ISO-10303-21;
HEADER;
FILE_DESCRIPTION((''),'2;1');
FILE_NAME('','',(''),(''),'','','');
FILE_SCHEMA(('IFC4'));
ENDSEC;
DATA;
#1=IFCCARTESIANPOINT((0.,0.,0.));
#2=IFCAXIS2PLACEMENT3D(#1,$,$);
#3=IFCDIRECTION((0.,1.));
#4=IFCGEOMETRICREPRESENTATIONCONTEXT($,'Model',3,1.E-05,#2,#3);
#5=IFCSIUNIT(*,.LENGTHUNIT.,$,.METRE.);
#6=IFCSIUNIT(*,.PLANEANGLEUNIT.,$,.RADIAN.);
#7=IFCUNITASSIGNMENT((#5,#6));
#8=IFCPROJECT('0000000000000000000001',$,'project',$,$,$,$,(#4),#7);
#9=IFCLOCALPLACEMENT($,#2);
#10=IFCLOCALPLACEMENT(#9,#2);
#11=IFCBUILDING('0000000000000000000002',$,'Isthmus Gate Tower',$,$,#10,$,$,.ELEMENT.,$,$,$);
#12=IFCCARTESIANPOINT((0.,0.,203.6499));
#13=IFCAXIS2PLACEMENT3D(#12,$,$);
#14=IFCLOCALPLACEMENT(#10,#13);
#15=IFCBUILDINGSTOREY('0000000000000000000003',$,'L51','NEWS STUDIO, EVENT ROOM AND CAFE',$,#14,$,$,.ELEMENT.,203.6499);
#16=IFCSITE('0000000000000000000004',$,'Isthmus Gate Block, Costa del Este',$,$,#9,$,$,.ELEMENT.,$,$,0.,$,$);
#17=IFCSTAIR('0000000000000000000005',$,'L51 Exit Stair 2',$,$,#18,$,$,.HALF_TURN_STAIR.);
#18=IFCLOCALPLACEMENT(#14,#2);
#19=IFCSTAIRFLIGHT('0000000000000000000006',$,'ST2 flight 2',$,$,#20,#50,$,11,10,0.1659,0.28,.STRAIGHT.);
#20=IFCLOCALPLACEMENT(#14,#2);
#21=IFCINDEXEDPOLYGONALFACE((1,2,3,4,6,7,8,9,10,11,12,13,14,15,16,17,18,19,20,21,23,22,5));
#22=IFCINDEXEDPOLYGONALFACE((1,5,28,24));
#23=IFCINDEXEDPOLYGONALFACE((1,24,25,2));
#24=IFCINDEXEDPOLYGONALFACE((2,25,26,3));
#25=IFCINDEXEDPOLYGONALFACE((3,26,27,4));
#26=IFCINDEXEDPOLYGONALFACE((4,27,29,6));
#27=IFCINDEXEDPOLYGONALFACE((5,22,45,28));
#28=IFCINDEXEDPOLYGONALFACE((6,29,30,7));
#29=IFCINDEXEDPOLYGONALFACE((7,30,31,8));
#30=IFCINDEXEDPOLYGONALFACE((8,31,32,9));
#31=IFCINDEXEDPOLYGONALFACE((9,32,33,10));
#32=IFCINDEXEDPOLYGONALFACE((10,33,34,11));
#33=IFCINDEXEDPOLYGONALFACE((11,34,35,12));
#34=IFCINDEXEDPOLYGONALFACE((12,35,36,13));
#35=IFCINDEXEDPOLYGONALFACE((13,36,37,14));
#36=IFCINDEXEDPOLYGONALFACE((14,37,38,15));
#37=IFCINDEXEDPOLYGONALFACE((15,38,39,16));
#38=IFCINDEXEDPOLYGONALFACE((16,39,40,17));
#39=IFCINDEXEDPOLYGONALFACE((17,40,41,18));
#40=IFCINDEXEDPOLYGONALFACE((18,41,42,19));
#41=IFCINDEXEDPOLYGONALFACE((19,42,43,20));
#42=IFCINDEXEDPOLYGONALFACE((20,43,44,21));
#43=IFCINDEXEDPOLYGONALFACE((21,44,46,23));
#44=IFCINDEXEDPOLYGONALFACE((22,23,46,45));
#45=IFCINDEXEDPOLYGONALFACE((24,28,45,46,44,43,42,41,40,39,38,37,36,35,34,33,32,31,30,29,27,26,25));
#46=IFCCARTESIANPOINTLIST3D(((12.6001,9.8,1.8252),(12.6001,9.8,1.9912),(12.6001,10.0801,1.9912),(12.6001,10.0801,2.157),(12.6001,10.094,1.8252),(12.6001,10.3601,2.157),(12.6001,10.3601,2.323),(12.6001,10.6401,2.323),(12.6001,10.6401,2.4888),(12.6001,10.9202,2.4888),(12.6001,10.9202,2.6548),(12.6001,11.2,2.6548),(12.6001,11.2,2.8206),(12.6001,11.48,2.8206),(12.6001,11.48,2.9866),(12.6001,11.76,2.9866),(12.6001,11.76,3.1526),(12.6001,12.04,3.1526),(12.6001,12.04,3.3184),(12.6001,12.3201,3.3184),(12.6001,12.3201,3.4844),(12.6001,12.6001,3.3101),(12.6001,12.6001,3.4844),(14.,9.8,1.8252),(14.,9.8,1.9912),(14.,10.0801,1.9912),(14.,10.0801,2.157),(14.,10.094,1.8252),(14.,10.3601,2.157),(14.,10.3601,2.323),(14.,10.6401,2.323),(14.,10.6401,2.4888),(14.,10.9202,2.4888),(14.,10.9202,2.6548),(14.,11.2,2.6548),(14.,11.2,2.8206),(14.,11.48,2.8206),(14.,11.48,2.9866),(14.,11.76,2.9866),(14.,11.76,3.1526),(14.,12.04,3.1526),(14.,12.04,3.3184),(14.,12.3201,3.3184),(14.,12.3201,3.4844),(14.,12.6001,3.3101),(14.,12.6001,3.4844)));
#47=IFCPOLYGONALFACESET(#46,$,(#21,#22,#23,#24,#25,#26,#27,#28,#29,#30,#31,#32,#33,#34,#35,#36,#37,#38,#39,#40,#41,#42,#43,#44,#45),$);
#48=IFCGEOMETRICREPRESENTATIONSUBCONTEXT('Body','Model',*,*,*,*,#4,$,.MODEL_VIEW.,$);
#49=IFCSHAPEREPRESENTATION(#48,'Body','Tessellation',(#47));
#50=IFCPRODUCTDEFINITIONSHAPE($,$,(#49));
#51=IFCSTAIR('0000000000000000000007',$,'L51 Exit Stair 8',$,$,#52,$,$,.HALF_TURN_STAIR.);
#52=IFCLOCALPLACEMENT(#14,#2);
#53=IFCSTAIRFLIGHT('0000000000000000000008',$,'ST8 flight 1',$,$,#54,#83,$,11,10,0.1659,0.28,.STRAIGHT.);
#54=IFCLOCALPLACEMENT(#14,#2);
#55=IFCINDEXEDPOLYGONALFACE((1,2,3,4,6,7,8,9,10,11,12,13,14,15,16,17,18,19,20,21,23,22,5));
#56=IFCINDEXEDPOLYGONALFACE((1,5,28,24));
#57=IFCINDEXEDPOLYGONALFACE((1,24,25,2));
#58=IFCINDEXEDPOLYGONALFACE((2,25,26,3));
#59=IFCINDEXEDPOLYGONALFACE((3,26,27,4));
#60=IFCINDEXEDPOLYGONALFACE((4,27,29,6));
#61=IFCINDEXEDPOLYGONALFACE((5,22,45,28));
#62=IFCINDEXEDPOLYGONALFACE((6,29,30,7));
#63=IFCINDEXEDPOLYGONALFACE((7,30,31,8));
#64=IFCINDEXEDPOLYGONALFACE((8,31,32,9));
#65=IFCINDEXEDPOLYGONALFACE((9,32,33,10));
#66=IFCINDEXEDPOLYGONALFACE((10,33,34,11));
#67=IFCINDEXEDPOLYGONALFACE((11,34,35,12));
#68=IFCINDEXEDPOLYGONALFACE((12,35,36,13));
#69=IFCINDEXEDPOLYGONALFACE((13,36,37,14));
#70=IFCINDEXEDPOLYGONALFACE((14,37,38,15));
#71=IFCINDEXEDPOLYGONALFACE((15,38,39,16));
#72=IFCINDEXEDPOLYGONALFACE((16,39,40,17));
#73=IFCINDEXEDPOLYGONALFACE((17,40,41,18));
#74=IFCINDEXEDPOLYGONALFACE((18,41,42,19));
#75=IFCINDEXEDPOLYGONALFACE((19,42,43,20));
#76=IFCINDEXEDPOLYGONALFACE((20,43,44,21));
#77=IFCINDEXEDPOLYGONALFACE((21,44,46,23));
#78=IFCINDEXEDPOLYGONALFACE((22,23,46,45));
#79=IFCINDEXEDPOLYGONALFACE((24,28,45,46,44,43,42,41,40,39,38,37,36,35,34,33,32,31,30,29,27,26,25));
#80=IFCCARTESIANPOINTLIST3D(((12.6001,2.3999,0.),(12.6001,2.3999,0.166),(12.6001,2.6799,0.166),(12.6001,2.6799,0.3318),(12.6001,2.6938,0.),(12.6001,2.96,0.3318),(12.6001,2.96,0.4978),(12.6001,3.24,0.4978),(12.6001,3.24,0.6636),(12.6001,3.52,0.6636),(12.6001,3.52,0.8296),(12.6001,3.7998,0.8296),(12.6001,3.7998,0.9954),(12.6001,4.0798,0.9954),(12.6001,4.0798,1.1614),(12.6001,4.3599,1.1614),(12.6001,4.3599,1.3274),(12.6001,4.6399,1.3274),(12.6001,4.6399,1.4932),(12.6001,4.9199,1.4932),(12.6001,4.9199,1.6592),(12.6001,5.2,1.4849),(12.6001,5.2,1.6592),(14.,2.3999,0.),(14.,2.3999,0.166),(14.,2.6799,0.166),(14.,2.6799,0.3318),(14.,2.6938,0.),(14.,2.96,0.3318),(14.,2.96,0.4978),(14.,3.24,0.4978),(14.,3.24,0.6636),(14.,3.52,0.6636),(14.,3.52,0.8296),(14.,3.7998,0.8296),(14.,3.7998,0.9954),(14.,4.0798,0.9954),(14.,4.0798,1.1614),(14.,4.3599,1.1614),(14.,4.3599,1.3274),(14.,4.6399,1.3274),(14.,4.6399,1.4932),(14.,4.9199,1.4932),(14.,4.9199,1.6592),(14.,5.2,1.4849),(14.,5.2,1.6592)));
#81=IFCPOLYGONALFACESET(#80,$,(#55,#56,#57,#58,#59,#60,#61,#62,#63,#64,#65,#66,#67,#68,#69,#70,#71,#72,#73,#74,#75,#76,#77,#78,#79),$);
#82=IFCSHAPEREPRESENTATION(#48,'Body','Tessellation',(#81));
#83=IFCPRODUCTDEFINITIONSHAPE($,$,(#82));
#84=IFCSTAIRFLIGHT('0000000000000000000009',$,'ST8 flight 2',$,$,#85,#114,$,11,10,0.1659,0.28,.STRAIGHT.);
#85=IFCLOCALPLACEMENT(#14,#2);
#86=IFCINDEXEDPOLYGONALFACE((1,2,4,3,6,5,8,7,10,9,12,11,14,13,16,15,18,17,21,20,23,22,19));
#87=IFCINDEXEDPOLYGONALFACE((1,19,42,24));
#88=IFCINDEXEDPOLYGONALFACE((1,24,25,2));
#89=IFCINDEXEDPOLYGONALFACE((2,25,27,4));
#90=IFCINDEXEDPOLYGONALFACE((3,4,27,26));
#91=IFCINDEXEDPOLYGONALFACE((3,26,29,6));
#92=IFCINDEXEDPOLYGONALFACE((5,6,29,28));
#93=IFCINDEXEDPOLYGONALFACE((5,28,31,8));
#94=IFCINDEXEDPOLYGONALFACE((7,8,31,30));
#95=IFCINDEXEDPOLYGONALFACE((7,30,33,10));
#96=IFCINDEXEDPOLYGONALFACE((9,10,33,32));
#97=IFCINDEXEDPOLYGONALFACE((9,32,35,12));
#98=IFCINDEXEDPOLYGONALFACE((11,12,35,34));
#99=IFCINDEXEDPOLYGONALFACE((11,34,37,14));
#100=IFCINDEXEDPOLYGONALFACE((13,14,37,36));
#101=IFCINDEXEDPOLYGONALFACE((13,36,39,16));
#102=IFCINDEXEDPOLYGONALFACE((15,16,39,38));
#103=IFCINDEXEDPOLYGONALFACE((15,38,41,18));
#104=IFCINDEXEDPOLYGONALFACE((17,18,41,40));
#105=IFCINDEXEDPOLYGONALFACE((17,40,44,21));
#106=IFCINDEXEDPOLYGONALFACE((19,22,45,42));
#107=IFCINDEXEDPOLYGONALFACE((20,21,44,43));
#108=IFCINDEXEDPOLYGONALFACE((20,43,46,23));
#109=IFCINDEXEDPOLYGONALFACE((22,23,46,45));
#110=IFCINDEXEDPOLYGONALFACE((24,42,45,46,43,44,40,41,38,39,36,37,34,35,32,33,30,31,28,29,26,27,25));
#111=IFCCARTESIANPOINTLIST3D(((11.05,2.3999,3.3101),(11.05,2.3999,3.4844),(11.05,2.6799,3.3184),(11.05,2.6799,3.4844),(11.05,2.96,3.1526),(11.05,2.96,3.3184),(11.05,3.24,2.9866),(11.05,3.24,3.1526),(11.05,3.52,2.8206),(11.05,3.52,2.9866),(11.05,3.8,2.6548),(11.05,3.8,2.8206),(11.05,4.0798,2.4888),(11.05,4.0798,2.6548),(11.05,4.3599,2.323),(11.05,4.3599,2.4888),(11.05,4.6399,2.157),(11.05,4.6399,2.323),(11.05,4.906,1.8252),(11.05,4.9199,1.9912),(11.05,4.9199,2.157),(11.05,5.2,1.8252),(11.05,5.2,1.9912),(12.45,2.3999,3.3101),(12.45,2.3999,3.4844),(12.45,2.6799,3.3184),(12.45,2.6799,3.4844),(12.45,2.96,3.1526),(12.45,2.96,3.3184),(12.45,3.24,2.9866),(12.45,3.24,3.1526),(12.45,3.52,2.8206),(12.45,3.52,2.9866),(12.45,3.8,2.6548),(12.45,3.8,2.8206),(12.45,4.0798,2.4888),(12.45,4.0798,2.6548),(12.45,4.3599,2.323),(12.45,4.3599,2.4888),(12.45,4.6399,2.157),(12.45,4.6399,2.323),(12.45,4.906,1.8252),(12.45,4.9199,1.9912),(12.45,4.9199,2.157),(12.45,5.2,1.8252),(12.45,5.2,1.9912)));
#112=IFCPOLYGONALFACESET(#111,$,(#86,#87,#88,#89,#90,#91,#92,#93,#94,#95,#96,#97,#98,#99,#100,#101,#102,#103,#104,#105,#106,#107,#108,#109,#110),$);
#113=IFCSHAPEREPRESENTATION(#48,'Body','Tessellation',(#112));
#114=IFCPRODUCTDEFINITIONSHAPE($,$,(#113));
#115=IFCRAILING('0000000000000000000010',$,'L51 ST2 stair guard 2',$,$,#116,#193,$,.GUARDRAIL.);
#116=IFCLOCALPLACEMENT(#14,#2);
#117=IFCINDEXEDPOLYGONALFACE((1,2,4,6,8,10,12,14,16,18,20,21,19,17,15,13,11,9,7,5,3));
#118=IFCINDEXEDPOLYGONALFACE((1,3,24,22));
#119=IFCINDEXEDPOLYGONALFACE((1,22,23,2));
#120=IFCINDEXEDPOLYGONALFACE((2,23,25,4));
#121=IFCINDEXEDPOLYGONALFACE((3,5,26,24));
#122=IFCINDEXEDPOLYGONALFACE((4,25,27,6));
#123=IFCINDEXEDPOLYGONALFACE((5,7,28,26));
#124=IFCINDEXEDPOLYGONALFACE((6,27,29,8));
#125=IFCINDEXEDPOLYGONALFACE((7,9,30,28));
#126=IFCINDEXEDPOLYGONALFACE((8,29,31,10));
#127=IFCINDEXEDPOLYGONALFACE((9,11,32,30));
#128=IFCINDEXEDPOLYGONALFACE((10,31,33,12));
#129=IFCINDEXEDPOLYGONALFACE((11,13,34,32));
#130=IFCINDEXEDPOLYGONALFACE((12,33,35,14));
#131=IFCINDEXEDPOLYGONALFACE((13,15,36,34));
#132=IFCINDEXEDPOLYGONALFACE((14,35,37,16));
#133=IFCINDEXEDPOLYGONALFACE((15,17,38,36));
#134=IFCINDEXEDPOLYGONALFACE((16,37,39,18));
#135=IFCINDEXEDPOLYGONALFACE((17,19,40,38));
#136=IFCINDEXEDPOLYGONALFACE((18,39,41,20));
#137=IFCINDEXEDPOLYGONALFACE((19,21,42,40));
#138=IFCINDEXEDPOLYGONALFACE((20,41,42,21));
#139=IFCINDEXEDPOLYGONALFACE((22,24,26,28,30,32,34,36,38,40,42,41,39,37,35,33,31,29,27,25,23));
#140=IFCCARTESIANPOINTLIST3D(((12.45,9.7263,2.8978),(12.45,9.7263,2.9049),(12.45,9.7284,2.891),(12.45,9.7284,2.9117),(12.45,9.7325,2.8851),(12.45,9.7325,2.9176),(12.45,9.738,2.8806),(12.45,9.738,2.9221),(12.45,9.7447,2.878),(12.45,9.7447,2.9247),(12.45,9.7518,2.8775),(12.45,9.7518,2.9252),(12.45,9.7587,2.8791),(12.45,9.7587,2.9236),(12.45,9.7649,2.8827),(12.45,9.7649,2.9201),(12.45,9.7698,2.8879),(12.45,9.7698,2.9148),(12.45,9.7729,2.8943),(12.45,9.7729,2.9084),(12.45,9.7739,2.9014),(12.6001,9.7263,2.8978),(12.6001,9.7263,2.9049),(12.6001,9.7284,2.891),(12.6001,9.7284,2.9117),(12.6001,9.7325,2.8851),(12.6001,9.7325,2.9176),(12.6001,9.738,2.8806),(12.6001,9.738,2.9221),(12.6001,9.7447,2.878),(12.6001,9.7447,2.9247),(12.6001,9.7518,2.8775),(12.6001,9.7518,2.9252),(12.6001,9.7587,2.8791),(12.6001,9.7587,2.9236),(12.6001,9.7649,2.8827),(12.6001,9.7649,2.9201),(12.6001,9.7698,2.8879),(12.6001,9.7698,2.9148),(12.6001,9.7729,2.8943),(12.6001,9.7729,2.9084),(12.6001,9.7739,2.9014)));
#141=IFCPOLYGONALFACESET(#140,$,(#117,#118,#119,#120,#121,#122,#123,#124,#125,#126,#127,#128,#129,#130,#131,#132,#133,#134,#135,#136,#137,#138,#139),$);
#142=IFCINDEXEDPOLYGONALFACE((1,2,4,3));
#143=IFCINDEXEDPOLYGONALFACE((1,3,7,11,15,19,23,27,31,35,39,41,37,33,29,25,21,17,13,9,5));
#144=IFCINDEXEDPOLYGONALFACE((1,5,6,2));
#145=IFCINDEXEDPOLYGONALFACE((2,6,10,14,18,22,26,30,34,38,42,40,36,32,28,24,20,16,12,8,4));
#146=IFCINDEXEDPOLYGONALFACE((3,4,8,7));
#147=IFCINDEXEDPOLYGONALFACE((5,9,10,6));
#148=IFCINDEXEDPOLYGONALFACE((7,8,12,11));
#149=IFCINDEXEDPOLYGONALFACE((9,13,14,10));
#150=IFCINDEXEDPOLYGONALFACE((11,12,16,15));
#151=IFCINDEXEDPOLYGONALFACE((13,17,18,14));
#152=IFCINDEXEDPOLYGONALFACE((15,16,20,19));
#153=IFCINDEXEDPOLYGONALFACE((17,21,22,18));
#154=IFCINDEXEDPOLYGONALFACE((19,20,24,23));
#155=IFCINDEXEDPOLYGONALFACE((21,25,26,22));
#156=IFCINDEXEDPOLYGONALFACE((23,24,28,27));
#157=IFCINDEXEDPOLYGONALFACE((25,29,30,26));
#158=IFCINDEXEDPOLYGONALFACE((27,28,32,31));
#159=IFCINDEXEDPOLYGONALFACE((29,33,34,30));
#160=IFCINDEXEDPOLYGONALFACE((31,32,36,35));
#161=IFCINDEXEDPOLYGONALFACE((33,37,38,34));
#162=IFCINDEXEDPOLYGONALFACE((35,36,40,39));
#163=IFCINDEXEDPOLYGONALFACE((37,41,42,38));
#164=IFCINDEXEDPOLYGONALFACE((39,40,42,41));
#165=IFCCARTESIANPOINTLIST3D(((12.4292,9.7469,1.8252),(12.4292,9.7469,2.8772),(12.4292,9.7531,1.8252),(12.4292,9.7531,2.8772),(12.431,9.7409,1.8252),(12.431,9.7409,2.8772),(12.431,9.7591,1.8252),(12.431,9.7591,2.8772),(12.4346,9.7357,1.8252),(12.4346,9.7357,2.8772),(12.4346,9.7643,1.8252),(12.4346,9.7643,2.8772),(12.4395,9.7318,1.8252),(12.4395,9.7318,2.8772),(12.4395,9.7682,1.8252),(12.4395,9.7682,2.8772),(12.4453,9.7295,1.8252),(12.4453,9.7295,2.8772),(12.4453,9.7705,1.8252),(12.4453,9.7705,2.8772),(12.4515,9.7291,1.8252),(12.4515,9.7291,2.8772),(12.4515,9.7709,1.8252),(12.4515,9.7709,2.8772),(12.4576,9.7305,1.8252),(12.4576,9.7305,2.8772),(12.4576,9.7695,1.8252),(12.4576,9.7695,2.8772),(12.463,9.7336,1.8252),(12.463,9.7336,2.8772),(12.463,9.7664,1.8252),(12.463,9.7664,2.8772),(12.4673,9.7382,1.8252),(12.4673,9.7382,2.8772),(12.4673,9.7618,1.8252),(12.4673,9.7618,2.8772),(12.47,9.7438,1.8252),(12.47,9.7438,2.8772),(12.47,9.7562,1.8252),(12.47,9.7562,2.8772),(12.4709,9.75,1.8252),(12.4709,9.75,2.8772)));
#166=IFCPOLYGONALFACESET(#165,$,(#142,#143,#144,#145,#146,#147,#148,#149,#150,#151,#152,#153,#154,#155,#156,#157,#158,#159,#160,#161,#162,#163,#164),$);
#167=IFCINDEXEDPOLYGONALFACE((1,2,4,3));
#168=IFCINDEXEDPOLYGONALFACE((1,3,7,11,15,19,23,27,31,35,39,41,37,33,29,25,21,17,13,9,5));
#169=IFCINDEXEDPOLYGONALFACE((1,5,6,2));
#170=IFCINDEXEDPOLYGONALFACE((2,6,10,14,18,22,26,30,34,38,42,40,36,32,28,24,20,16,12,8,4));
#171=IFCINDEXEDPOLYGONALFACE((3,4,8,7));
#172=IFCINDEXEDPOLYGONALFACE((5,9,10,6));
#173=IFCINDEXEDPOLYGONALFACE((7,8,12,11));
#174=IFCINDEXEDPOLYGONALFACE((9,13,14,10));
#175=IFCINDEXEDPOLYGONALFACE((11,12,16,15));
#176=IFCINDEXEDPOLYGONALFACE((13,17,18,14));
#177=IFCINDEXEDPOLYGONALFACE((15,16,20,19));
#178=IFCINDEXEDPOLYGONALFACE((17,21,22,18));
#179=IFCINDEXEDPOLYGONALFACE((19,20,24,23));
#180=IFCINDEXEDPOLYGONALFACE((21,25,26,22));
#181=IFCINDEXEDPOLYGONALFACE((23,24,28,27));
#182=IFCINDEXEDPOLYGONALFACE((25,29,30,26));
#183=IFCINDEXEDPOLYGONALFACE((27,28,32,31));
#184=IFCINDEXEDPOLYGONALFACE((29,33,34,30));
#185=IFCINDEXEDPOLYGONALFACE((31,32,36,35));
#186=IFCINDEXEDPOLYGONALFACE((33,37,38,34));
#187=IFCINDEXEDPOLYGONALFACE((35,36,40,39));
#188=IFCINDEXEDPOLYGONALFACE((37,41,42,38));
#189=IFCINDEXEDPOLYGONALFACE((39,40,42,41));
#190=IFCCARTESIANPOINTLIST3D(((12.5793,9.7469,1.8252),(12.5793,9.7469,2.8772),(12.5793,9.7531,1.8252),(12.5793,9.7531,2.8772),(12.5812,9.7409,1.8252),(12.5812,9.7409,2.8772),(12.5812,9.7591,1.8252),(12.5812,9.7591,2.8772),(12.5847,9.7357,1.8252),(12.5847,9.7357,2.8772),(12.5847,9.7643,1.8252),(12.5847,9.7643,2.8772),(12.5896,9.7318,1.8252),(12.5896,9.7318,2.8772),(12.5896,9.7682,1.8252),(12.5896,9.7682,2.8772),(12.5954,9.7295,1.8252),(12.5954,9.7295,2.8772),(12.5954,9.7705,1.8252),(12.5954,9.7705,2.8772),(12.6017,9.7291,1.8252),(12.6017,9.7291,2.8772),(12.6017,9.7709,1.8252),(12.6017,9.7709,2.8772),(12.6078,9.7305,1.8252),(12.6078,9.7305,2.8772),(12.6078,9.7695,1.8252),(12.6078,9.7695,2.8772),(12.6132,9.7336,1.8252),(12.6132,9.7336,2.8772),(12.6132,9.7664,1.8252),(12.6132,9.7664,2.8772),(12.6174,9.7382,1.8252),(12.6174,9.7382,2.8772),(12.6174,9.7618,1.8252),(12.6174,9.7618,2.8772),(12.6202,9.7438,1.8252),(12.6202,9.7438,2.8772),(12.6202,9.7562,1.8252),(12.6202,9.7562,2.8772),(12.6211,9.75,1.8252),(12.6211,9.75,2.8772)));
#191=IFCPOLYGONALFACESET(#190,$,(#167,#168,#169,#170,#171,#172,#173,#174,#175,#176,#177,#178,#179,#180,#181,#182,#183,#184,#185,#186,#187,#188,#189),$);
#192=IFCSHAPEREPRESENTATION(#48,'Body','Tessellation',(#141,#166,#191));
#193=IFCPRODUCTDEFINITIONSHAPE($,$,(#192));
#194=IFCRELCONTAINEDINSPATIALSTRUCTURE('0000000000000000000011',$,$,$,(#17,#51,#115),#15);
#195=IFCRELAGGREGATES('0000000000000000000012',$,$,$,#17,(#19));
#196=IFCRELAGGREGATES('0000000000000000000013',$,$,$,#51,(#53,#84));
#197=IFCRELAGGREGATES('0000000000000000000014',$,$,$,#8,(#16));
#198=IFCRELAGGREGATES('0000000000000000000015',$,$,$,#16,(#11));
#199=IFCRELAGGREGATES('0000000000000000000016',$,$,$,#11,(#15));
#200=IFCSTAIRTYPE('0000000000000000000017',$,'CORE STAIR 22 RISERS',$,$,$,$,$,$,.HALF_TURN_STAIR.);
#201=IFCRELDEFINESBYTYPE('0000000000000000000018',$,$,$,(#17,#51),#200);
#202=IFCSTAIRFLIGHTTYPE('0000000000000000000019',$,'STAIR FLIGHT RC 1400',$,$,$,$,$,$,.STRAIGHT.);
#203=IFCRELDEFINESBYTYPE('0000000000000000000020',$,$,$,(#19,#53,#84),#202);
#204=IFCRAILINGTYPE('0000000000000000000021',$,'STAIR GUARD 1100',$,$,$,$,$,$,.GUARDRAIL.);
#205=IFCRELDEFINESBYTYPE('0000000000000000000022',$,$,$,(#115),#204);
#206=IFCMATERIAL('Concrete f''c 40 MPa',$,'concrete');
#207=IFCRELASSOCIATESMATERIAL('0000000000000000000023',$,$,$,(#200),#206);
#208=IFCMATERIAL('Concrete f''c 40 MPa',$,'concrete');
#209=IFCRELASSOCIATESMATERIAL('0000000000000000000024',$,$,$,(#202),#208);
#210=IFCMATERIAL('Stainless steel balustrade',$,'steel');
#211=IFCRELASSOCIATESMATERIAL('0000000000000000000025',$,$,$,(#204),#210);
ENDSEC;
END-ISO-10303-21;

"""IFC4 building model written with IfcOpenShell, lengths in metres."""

from ifc_helpers import new_model, si_unit, direction, frame, origin, origin_2d, place, context, subcontext, project, spatial, polyline, circle, outline, extrude, material, type_object, element, aggregate, save


model = new_model("IFC4")

# Units and contexts
model_context = context("Model", 3, precision=1e-05, world=origin(), true_north=direction((0.0, 1.0)))
body_context = subcontext(model_context, "Body", "Model", "MODEL_VIEW")
ifc_project = project(units=[si_unit("LENGTHUNIT", "METRE"), si_unit("PLANEANGLEUNIT", "RADIAN")], contexts=[model_context])

# Site, building, storey
site_placement = place(None, origin())
site = spatial("IfcSite", under=ifc_project, at=site_placement, Name="Isthmus Gate Block, Costa del Este", CompositionType="ELEMENT", RefElevation=0.0)
building_placement = place(site_placement, origin())
building = spatial("IfcBuilding", under=site, at=building_placement, Name="Isthmus Gate Tower", CompositionType="ELEMENT")
storey_placement = place(building_placement, frame((0.0, 0.0, 203.6499)))
storey = spatial("IfcBuildingStorey", under=building, at=storey_placement, Name="L51", Description="NEWS STUDIO, EVENT ROOM AND CAFE", CompositionType="ELEMENT", Elevation=203.6499)

# Stair, stair flight
ifc_material_1 = material(Name="Concrete f'c 40 MPa", Category="concrete")
stair_type = type_object("IfcStairType", Name="CORE STAIR 22 RISERS", PredefinedType="HALF_TURN_STAIR", material=ifc_material_1)
stair_1_placement = place(storey_placement, origin())
stair_1 = element("IfcStair", 1, at=stair_1_placement, inside=storey, type_object=stair_type, Name="L51 Exit Stair 2", PredefinedType="HALF_TURN_STAIR")
ifc_material_2 = material(Name="Concrete f'c 40 MPa", Category="concrete")
stair_flight_type = type_object("IfcStairFlightType", Name="STAIR FLIGHT RC 1400", PredefinedType="STRAIGHT", material=ifc_material_2)
stair_flight_1_placement = place(storey_placement, frame((13.3, 9.8, 1.8252), z_axis=(0.0, 0.0, 1.0), x_axis=(0.0, 1.0, 0.0)))
stair_flight_1 = element("IfcStairFlight", 2, at=stair_flight_1_placement, type_object=stair_flight_type, Name="ST2 flight 2", NumberOfRisers=11, NumberOfTreads=10, PredefinedType="STRAIGHT", RiserHeight=0.1659, TreadLength=0.28, context=body_context, shape_type="SweptSolid", body=[
    extrude(outline(polyline([(0.0, 0.0), (0.0, 0.166), (0.28, 0.166), (0.28, 0.3318), (0.5601, 0.3318), (0.5601, 0.4978), (0.8401, 0.4978), (0.8401, 0.6636), (1.1201, 0.6636), (1.1201, 0.8296), (1.3999, 0.8296), (1.3999, 0.9954), (1.6799, 0.9954), (1.6799, 1.1614), (1.96, 1.1614), (1.96, 1.3274), (2.24, 1.3274), (2.24, 1.4932), (2.52, 1.4932), (2.52, 1.6592), (2.8, 1.6592), (2.8, 1.825), (2.8, 1.4849), (0.2939, 0.0), (0.0, 0.0)])), frame((0.0, 0.7, 0.0), z_axis=(0.0, -1.0, 0.0), x_axis=(1.0, 0.0, 0.0)), (0.0, 0.0, 1.0), 1.3999),
])
aggregate(stair_1, [stair_flight_1])

# Stair, stair flights
stair_2_placement = place(storey_placement, origin())
stair_2 = element("IfcStair", 3, at=stair_2_placement, inside=storey, type_object=stair_type, Name="L51 Exit Stair 8", PredefinedType="HALF_TURN_STAIR")
stair_flight_2_placement = place(storey_placement, frame((13.3, 2.3999, 0.0), z_axis=(0.0, 0.0, 1.0), x_axis=(0.0, 1.0, 0.0)))
stair_flight_2 = element("IfcStairFlight", 4, at=stair_flight_2_placement, type_object=stair_flight_type, Name="ST8 flight 1", NumberOfRisers=11, NumberOfTreads=10, PredefinedType="STRAIGHT", RiserHeight=0.1659, TreadLength=0.28, context=body_context, shape_type="SweptSolid", body=[
    extrude(outline(polyline([(0.0, 0.0), (0.0, 0.166), (0.28, 0.166), (0.28, 0.3318), (0.5601, 0.3318), (0.5601, 0.4978), (0.8401, 0.4978), (0.8401, 0.6636), (1.1201, 0.6636), (1.1201, 0.8296), (1.3999, 0.8296), (1.3999, 0.9954), (1.6799, 0.9954), (1.6799, 1.1614), (1.96, 1.1614), (1.96, 1.3274), (2.24, 1.3274), (2.24, 1.4932), (2.52, 1.4932), (2.52, 1.6592), (2.8, 1.6592), (2.8, 1.825), (2.8, 1.4849), (0.2939, 0.0), (0.0, 0.0)])), frame((0.0, 0.7, 0.0), z_axis=(0.0, -1.0, 0.0), x_axis=(1.0, 0.0, 0.0)), (0.0, 0.0, 1.0), 1.3999),
])
stair_flight_3_placement = place(storey_placement, frame((11.75, 5.2, 1.8252), z_axis=(0.0, 0.0, 1.0), x_axis=(0.0, -1.0, 0.0)))
stair_flight_3 = element("IfcStairFlight", 5, at=stair_flight_3_placement, type_object=stair_flight_type, Name="ST8 flight 2", NumberOfRisers=11, NumberOfTreads=10, PredefinedType="STRAIGHT", RiserHeight=0.1659, TreadLength=0.28, context=body_context, shape_type="SweptSolid", body=[
    extrude(outline(polyline([(0.0, 0.0), (0.0, 0.166), (0.28, 0.166), (0.28, 0.3318), (0.5601, 0.3318), (0.5601, 0.4978), (0.8401, 0.4978), (0.8401, 0.6636), (1.1201, 0.6636), (1.1201, 0.8296), (1.3999, 0.8296), (1.3999, 0.9954), (1.6799, 0.9954), (1.6799, 1.1614), (1.96, 1.1614), (1.96, 1.3274), (2.24, 1.3274), (2.24, 1.4932), (2.52, 1.4932), (2.52, 1.6592), (2.8, 1.6592), (2.8, 1.825), (2.8, 1.4849), (0.2939, 0.0), (0.0, 0.0)])), frame((0.0, 0.7, 0.0), z_axis=(0.0, -1.0, 0.0), x_axis=(1.0, 0.0, 0.0)), (0.0, 0.0, 1.0), 1.3999),
])
aggregate(stair_2, [stair_flight_2, stair_flight_3])

# Railing
ifc_material_3 = material(Name="Stainless steel balustrade", Category="steel")
railing_type_1 = type_object("IfcRailingType", Name="STAIR GUARD 1100", PredefinedType="GUARDRAIL", material=ifc_material_3)
railing_1_placement = place(storey_placement, frame((12.45, 9.75, 1.8252)))
element("IfcRailing", 6, at=railing_1_placement, inside=storey, type_object=railing_type_1, Name="L51 ST2 stair guard 2", PredefinedType="GUARDRAIL", context=body_context, shape_type="SweptSolid", body=[
    extrude(circle(Radius=0.0239, at=origin_2d()), frame((0.0, 0.0, 1.0762), z_axis=(1.0, 0.0, 0.0), x_axis=(0.0, 1.0, 0.0)), (0.0, 0.0, 1.0), 0.1501),
    extrude(circle(Radius=0.021, at=origin_2d()), origin(), (0.0, 0.0, 1.0), 1.052),
    extrude(circle(Radius=0.021, at=origin_2d()), frame((0.1501, 0.0, 0.0)), (0.0, 0.0, 1.0), 1.052),
])

save(model, "model.ifc")
